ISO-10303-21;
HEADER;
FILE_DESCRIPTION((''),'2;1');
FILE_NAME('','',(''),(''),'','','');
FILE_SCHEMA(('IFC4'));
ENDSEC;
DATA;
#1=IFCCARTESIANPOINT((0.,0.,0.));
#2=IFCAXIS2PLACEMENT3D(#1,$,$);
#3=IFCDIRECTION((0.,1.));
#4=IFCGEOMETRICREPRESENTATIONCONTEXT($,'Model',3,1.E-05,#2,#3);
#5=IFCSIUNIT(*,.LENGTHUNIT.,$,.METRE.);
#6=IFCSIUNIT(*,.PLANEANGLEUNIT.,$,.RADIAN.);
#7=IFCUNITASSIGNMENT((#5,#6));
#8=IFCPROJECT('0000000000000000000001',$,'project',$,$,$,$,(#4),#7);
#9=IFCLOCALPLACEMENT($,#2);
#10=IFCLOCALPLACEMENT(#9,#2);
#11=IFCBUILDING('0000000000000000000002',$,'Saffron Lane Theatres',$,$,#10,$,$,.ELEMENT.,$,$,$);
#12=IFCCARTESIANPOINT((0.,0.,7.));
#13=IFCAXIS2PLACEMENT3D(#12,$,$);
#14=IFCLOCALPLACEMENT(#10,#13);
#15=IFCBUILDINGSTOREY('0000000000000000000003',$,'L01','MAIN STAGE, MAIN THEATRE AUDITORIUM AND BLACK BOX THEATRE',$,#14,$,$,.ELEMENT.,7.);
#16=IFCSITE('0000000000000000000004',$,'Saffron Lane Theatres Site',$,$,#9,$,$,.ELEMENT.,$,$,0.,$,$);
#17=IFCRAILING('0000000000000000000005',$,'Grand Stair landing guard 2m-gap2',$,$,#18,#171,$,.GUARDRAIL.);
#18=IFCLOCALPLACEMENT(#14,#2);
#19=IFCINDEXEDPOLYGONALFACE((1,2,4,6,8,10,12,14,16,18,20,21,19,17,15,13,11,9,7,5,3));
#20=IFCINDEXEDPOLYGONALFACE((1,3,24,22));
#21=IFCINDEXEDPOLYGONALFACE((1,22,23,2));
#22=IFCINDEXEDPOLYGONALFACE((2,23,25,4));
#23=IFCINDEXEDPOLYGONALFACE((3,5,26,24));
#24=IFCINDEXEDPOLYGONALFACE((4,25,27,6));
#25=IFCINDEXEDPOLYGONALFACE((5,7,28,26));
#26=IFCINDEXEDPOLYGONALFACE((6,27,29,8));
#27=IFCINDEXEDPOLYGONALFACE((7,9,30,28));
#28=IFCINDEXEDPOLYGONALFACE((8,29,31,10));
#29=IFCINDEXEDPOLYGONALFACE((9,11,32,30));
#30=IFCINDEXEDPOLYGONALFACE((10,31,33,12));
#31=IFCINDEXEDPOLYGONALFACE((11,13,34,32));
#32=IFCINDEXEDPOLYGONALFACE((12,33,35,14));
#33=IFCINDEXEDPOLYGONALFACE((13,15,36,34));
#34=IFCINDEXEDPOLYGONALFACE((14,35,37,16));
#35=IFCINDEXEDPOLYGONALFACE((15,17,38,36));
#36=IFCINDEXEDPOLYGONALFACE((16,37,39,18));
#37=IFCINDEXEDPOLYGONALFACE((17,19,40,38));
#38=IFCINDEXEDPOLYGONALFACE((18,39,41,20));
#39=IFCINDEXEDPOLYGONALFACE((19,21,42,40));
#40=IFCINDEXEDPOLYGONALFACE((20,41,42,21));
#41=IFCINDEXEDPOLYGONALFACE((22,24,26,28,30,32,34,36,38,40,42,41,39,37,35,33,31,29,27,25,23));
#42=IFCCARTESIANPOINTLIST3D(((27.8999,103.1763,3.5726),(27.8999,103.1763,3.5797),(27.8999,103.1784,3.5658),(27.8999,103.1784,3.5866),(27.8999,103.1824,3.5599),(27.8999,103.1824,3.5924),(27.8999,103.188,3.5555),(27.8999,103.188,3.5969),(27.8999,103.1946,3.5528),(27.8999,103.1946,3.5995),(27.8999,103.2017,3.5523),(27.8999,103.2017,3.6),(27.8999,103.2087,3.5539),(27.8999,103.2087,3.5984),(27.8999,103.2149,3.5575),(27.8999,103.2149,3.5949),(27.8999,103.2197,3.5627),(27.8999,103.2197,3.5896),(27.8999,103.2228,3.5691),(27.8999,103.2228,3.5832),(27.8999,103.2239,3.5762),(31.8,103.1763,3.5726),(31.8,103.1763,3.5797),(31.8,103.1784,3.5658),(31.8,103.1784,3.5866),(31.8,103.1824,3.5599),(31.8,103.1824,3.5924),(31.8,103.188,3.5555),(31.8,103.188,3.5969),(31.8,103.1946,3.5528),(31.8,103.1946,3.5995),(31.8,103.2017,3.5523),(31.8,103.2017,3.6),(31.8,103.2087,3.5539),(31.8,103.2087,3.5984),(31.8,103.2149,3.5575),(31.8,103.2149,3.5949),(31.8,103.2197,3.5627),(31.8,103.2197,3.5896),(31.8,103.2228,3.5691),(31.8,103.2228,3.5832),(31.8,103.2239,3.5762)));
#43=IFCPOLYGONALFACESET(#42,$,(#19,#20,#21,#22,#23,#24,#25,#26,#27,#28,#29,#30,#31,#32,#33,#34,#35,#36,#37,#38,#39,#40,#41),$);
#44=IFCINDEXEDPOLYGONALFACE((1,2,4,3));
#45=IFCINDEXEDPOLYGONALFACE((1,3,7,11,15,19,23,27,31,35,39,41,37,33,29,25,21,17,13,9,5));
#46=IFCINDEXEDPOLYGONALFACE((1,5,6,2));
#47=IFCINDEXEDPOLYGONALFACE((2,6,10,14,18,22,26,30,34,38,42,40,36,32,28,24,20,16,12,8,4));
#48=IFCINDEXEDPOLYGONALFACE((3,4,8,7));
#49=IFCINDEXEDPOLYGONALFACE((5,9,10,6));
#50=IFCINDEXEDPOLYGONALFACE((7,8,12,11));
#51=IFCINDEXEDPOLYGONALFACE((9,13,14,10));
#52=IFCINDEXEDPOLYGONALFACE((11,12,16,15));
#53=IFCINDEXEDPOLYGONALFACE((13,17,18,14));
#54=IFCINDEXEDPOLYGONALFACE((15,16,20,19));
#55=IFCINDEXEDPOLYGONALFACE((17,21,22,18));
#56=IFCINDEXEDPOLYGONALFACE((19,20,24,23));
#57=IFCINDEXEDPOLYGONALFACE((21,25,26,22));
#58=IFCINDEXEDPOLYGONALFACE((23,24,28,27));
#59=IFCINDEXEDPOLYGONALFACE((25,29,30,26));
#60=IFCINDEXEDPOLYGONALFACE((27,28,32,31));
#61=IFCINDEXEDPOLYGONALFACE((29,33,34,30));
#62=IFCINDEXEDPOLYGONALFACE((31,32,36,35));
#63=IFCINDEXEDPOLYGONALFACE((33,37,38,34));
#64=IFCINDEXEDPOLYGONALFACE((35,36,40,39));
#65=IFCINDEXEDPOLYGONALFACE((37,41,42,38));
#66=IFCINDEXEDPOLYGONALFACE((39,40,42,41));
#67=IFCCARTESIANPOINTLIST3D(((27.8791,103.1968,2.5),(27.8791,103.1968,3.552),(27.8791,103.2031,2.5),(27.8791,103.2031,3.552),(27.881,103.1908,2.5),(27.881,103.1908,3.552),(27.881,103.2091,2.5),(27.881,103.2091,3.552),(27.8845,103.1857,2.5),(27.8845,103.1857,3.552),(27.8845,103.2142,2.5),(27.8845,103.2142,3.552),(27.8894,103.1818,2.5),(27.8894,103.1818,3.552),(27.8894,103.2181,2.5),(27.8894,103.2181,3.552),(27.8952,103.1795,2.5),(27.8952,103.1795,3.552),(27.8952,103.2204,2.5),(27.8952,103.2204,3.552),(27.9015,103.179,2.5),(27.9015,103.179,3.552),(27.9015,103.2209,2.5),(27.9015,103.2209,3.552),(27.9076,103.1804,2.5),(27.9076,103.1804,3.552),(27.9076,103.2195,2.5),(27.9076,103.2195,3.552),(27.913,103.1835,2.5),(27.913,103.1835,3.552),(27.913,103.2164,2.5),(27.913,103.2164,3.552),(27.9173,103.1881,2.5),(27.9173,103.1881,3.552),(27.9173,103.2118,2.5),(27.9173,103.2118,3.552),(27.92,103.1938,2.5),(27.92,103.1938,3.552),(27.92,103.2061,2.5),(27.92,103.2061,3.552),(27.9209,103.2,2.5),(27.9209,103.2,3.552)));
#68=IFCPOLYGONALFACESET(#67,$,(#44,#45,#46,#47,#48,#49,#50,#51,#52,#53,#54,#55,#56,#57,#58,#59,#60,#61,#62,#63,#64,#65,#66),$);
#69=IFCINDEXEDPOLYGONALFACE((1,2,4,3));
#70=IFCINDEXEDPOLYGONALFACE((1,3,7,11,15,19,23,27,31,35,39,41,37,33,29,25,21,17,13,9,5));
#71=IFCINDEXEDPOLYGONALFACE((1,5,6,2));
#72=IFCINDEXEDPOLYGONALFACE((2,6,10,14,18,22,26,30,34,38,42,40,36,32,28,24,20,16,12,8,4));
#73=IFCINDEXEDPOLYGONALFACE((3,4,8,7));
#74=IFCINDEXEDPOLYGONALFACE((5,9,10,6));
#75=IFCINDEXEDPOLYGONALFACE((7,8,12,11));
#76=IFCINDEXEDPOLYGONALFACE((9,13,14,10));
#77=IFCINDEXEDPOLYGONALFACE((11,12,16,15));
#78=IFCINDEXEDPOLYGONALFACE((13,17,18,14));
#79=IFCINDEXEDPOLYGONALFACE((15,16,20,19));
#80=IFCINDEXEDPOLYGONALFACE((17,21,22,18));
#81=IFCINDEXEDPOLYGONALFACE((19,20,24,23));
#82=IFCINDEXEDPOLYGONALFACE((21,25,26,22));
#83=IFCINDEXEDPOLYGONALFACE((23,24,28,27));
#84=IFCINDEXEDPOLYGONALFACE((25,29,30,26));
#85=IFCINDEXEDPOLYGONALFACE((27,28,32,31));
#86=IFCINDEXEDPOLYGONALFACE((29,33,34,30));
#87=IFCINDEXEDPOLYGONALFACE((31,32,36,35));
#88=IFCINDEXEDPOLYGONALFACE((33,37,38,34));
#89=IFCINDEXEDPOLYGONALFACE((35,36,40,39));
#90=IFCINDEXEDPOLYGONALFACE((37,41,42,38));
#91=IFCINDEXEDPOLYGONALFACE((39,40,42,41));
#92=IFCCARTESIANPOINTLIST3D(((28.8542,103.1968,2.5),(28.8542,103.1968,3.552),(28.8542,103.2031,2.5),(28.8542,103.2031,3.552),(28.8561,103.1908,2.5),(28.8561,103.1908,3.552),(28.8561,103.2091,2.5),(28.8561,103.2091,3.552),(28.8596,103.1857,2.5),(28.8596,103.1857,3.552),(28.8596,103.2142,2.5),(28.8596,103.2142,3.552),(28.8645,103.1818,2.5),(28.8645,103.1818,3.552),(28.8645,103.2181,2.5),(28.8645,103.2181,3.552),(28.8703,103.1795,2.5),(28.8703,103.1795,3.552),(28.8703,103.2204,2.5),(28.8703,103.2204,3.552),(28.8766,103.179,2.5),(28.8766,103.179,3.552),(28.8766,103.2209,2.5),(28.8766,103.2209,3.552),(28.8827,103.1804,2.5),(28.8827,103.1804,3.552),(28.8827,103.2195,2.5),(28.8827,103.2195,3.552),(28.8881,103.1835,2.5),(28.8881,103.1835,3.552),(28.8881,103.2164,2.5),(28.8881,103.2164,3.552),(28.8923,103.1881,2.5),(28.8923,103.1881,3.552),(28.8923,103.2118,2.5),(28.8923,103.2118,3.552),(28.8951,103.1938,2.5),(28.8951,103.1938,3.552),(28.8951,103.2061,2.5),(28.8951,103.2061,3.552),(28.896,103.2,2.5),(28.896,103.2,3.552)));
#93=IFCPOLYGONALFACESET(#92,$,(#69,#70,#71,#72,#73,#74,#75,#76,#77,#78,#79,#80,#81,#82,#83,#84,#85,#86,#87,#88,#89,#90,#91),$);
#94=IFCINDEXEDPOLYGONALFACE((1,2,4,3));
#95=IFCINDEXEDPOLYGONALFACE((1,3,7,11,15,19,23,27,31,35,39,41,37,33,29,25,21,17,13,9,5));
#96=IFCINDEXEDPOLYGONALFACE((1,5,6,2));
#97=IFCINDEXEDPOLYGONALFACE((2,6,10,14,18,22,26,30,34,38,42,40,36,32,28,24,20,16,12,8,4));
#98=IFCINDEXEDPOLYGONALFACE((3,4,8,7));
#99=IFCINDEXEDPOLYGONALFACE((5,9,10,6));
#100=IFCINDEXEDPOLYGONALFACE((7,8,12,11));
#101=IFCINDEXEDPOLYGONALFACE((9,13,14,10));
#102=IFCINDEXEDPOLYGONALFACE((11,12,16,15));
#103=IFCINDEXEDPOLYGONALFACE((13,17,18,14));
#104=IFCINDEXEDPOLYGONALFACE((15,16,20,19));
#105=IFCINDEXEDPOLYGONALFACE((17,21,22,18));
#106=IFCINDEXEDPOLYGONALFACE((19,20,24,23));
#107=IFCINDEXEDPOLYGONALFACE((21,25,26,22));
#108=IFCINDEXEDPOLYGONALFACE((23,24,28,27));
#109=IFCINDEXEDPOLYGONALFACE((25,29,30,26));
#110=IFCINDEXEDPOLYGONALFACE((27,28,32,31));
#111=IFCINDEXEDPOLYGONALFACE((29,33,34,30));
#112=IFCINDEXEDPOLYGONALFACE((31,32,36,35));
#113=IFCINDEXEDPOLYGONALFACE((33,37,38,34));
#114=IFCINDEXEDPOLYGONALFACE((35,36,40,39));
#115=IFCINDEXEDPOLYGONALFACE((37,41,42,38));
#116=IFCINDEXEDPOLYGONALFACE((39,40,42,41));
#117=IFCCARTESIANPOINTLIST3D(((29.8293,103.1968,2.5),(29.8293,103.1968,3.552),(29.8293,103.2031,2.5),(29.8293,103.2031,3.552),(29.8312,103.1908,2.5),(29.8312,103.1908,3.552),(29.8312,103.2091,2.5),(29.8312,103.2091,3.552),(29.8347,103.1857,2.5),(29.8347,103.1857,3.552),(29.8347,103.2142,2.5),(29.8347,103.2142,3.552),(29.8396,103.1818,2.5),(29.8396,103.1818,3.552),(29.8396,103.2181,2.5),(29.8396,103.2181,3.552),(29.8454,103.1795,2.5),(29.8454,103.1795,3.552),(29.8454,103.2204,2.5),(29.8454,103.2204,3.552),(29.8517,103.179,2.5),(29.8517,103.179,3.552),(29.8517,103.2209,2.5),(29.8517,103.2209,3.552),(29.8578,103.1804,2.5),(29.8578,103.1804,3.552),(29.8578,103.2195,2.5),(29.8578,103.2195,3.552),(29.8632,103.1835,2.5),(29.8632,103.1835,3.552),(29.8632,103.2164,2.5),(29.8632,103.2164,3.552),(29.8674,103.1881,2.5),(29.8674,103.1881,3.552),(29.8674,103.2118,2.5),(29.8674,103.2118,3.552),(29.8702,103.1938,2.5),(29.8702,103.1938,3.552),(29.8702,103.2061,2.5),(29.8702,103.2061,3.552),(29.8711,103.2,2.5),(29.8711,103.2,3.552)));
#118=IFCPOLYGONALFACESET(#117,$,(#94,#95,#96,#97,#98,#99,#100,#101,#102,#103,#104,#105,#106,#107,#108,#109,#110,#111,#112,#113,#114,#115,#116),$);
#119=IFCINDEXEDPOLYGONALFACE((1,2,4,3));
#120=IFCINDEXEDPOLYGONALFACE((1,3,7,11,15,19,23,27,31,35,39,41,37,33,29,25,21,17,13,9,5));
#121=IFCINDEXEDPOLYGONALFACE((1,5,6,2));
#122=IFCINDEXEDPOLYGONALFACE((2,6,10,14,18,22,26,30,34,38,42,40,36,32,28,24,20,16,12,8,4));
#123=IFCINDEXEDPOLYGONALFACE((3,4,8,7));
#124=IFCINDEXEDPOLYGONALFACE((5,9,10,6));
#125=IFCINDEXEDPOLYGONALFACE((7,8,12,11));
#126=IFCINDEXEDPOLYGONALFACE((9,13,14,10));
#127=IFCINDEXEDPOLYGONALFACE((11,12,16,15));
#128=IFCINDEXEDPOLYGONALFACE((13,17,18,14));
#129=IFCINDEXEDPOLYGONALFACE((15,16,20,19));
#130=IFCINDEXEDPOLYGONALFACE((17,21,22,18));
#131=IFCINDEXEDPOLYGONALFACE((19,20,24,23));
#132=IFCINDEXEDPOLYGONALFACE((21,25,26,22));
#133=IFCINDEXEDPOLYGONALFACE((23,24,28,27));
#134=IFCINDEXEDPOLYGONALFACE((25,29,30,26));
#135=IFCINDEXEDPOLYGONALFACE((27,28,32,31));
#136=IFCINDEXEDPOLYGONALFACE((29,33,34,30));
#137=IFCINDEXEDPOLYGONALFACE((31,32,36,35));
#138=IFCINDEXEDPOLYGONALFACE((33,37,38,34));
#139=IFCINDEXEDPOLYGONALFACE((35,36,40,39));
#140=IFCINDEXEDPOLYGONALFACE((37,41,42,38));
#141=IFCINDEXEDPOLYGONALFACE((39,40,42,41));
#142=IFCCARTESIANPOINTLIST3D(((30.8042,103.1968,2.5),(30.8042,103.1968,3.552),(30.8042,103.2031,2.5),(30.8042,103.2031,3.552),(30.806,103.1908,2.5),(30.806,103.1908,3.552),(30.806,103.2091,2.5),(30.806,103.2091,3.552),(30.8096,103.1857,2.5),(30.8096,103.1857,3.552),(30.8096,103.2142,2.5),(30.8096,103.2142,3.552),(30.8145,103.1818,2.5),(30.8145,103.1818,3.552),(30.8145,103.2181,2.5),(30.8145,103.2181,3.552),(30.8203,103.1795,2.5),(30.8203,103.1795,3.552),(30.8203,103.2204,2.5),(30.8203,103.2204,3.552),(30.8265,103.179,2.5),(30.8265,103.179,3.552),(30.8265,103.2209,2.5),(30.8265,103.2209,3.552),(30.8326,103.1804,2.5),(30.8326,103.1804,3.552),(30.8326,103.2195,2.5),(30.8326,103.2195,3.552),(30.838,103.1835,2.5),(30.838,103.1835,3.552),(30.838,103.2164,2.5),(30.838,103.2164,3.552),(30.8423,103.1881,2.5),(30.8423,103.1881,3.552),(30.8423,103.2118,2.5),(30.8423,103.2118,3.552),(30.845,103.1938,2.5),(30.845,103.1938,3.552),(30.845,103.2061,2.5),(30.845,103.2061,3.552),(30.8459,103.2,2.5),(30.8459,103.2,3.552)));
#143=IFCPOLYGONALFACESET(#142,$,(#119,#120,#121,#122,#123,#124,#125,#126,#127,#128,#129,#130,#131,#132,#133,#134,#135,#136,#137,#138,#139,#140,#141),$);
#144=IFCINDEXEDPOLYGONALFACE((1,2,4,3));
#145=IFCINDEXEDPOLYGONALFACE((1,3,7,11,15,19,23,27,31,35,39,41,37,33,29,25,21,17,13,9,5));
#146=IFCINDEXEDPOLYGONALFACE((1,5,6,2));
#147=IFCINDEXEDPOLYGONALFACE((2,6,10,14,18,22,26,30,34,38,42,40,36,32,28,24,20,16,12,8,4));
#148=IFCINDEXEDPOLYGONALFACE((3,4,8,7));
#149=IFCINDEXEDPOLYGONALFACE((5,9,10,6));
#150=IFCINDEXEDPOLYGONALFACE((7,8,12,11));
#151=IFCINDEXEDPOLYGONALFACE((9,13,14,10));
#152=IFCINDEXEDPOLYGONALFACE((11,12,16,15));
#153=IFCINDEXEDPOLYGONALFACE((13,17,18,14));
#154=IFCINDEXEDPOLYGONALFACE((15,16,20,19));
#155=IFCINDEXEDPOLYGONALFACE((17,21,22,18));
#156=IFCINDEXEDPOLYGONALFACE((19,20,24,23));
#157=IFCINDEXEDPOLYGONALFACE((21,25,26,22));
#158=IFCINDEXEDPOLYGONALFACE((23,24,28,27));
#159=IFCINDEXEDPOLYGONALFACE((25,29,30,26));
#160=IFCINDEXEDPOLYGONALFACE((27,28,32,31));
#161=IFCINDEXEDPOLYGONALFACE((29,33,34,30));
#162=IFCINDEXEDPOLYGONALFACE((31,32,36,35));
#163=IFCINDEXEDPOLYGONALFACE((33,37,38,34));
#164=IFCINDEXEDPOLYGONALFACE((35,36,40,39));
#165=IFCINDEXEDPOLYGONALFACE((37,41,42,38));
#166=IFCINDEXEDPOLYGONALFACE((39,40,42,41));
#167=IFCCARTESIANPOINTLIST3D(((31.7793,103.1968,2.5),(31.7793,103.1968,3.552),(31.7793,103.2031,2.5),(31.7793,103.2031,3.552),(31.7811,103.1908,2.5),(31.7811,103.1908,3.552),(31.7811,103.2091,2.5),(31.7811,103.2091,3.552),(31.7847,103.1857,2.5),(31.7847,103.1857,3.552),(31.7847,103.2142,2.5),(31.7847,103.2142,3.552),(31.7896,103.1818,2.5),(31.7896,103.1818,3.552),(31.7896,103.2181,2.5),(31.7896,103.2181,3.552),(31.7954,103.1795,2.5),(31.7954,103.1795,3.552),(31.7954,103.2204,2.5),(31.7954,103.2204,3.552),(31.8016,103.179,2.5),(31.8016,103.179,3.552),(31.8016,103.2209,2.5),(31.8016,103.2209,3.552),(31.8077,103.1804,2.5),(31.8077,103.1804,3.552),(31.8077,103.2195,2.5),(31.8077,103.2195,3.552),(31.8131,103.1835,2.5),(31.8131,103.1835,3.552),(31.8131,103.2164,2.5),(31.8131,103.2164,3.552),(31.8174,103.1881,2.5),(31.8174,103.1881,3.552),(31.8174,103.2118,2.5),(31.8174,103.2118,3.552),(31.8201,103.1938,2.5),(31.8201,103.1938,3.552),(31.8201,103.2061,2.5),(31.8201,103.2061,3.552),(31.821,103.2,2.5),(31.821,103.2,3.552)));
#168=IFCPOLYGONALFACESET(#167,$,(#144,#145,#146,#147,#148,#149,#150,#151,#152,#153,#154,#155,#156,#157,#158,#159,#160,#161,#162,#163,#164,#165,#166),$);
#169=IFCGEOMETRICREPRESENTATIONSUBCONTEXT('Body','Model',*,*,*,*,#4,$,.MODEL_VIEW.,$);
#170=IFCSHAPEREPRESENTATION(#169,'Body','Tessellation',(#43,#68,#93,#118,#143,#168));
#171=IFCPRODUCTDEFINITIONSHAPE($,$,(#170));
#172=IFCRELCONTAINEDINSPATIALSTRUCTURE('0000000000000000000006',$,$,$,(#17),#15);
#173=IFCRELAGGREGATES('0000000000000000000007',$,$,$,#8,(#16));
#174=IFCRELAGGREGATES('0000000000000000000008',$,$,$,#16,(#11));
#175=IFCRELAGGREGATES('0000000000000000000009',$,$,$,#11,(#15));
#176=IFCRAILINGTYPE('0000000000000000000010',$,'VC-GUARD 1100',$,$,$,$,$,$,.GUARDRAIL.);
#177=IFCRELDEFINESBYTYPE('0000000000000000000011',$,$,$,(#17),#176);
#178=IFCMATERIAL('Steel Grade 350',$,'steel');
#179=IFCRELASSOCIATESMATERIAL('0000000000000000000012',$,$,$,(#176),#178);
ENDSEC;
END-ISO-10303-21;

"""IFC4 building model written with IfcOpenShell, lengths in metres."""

from ifc_helpers import new_model, si_unit, direction, frame, origin, origin_2d, place, context, subcontext, project, spatial, circle, extrude, material, type_object, element, save


model = new_model("IFC4")

# Units and contexts
model_context = context("Model", 3, precision=1e-05, world=origin(), true_north=direction((0.0, 1.0)))
body_context = subcontext(model_context, "Body", "Model", "MODEL_VIEW")
ifc_project = project(units=[si_unit("LENGTHUNIT", "METRE"), si_unit("PLANEANGLEUNIT", "RADIAN")], contexts=[model_context])

# Site, building, storey
site_placement = place(None, origin())
site = spatial("IfcSite", under=ifc_project, at=site_placement, Name="Saffron Lane Theatres Site", CompositionType="ELEMENT", RefElevation=0.0)
building_placement = place(site_placement, origin())
building = spatial("IfcBuilding", under=site, at=building_placement, Name="Saffron Lane Theatres", CompositionType="ELEMENT")
storey_placement = place(building_placement, frame((0.0, 0.0, 7.0)))
storey = spatial("IfcBuildingStorey", under=building, at=storey_placement, Name="L01", Description="MAIN STAGE, MAIN THEATRE AUDITORIUM AND BLACK BOX THEATRE", CompositionType="ELEMENT", Elevation=7.0)

# Railing
ifc_material_1 = material(Name="Steel Grade 350", Category="steel")
railing_type_1 = type_object("IfcRailingType", Name="VC-GUARD 1100", PredefinedType="GUARDRAIL", material=ifc_material_1)
for number, where, name in (
    (1, (27.8999, 103.2, 2.5), "Grand Stair landing guard 2m-gap2"),
):
    element("IfcRailing", number, at=place(storey_placement, frame(where)), inside=storey, type_object=railing_type_1, Name=name, PredefinedType="GUARDRAIL", context=body_context, shape_type="SweptSolid", body=[
        extrude(circle(Radius=0.0239, at=origin_2d()), frame((0.0, 0.0, 1.0762), z_axis=(1.0, 0.0, 0.0), x_axis=(0.0, 1.0, 0.0)), (0.0, 0.0, 1.0), 3.9001),
        extrude(circle(Radius=0.021, at=origin_2d()), origin(), (0.0, 0.0, 1.0), 1.052),
        extrude(circle(Radius=0.021, at=origin_2d()), frame((0.9751, 0.0, 0.0)), (0.0, 0.0, 1.0), 1.052),
        extrude(circle(Radius=0.021, at=origin_2d()), frame((1.9502, 0.0, 0.0)), (0.0, 0.0, 1.0), 1.052),
        extrude(circle(Radius=0.021, at=origin_2d()), frame((2.925, 0.0, 0.0)), (0.0, 0.0, 1.0), 1.052),
        extrude(circle(Radius=0.021, at=origin_2d()), frame((3.9001, 0.0, 0.0)), (0.0, 0.0, 1.0), 1.052),
    ])

save(model, "model.ifc")
